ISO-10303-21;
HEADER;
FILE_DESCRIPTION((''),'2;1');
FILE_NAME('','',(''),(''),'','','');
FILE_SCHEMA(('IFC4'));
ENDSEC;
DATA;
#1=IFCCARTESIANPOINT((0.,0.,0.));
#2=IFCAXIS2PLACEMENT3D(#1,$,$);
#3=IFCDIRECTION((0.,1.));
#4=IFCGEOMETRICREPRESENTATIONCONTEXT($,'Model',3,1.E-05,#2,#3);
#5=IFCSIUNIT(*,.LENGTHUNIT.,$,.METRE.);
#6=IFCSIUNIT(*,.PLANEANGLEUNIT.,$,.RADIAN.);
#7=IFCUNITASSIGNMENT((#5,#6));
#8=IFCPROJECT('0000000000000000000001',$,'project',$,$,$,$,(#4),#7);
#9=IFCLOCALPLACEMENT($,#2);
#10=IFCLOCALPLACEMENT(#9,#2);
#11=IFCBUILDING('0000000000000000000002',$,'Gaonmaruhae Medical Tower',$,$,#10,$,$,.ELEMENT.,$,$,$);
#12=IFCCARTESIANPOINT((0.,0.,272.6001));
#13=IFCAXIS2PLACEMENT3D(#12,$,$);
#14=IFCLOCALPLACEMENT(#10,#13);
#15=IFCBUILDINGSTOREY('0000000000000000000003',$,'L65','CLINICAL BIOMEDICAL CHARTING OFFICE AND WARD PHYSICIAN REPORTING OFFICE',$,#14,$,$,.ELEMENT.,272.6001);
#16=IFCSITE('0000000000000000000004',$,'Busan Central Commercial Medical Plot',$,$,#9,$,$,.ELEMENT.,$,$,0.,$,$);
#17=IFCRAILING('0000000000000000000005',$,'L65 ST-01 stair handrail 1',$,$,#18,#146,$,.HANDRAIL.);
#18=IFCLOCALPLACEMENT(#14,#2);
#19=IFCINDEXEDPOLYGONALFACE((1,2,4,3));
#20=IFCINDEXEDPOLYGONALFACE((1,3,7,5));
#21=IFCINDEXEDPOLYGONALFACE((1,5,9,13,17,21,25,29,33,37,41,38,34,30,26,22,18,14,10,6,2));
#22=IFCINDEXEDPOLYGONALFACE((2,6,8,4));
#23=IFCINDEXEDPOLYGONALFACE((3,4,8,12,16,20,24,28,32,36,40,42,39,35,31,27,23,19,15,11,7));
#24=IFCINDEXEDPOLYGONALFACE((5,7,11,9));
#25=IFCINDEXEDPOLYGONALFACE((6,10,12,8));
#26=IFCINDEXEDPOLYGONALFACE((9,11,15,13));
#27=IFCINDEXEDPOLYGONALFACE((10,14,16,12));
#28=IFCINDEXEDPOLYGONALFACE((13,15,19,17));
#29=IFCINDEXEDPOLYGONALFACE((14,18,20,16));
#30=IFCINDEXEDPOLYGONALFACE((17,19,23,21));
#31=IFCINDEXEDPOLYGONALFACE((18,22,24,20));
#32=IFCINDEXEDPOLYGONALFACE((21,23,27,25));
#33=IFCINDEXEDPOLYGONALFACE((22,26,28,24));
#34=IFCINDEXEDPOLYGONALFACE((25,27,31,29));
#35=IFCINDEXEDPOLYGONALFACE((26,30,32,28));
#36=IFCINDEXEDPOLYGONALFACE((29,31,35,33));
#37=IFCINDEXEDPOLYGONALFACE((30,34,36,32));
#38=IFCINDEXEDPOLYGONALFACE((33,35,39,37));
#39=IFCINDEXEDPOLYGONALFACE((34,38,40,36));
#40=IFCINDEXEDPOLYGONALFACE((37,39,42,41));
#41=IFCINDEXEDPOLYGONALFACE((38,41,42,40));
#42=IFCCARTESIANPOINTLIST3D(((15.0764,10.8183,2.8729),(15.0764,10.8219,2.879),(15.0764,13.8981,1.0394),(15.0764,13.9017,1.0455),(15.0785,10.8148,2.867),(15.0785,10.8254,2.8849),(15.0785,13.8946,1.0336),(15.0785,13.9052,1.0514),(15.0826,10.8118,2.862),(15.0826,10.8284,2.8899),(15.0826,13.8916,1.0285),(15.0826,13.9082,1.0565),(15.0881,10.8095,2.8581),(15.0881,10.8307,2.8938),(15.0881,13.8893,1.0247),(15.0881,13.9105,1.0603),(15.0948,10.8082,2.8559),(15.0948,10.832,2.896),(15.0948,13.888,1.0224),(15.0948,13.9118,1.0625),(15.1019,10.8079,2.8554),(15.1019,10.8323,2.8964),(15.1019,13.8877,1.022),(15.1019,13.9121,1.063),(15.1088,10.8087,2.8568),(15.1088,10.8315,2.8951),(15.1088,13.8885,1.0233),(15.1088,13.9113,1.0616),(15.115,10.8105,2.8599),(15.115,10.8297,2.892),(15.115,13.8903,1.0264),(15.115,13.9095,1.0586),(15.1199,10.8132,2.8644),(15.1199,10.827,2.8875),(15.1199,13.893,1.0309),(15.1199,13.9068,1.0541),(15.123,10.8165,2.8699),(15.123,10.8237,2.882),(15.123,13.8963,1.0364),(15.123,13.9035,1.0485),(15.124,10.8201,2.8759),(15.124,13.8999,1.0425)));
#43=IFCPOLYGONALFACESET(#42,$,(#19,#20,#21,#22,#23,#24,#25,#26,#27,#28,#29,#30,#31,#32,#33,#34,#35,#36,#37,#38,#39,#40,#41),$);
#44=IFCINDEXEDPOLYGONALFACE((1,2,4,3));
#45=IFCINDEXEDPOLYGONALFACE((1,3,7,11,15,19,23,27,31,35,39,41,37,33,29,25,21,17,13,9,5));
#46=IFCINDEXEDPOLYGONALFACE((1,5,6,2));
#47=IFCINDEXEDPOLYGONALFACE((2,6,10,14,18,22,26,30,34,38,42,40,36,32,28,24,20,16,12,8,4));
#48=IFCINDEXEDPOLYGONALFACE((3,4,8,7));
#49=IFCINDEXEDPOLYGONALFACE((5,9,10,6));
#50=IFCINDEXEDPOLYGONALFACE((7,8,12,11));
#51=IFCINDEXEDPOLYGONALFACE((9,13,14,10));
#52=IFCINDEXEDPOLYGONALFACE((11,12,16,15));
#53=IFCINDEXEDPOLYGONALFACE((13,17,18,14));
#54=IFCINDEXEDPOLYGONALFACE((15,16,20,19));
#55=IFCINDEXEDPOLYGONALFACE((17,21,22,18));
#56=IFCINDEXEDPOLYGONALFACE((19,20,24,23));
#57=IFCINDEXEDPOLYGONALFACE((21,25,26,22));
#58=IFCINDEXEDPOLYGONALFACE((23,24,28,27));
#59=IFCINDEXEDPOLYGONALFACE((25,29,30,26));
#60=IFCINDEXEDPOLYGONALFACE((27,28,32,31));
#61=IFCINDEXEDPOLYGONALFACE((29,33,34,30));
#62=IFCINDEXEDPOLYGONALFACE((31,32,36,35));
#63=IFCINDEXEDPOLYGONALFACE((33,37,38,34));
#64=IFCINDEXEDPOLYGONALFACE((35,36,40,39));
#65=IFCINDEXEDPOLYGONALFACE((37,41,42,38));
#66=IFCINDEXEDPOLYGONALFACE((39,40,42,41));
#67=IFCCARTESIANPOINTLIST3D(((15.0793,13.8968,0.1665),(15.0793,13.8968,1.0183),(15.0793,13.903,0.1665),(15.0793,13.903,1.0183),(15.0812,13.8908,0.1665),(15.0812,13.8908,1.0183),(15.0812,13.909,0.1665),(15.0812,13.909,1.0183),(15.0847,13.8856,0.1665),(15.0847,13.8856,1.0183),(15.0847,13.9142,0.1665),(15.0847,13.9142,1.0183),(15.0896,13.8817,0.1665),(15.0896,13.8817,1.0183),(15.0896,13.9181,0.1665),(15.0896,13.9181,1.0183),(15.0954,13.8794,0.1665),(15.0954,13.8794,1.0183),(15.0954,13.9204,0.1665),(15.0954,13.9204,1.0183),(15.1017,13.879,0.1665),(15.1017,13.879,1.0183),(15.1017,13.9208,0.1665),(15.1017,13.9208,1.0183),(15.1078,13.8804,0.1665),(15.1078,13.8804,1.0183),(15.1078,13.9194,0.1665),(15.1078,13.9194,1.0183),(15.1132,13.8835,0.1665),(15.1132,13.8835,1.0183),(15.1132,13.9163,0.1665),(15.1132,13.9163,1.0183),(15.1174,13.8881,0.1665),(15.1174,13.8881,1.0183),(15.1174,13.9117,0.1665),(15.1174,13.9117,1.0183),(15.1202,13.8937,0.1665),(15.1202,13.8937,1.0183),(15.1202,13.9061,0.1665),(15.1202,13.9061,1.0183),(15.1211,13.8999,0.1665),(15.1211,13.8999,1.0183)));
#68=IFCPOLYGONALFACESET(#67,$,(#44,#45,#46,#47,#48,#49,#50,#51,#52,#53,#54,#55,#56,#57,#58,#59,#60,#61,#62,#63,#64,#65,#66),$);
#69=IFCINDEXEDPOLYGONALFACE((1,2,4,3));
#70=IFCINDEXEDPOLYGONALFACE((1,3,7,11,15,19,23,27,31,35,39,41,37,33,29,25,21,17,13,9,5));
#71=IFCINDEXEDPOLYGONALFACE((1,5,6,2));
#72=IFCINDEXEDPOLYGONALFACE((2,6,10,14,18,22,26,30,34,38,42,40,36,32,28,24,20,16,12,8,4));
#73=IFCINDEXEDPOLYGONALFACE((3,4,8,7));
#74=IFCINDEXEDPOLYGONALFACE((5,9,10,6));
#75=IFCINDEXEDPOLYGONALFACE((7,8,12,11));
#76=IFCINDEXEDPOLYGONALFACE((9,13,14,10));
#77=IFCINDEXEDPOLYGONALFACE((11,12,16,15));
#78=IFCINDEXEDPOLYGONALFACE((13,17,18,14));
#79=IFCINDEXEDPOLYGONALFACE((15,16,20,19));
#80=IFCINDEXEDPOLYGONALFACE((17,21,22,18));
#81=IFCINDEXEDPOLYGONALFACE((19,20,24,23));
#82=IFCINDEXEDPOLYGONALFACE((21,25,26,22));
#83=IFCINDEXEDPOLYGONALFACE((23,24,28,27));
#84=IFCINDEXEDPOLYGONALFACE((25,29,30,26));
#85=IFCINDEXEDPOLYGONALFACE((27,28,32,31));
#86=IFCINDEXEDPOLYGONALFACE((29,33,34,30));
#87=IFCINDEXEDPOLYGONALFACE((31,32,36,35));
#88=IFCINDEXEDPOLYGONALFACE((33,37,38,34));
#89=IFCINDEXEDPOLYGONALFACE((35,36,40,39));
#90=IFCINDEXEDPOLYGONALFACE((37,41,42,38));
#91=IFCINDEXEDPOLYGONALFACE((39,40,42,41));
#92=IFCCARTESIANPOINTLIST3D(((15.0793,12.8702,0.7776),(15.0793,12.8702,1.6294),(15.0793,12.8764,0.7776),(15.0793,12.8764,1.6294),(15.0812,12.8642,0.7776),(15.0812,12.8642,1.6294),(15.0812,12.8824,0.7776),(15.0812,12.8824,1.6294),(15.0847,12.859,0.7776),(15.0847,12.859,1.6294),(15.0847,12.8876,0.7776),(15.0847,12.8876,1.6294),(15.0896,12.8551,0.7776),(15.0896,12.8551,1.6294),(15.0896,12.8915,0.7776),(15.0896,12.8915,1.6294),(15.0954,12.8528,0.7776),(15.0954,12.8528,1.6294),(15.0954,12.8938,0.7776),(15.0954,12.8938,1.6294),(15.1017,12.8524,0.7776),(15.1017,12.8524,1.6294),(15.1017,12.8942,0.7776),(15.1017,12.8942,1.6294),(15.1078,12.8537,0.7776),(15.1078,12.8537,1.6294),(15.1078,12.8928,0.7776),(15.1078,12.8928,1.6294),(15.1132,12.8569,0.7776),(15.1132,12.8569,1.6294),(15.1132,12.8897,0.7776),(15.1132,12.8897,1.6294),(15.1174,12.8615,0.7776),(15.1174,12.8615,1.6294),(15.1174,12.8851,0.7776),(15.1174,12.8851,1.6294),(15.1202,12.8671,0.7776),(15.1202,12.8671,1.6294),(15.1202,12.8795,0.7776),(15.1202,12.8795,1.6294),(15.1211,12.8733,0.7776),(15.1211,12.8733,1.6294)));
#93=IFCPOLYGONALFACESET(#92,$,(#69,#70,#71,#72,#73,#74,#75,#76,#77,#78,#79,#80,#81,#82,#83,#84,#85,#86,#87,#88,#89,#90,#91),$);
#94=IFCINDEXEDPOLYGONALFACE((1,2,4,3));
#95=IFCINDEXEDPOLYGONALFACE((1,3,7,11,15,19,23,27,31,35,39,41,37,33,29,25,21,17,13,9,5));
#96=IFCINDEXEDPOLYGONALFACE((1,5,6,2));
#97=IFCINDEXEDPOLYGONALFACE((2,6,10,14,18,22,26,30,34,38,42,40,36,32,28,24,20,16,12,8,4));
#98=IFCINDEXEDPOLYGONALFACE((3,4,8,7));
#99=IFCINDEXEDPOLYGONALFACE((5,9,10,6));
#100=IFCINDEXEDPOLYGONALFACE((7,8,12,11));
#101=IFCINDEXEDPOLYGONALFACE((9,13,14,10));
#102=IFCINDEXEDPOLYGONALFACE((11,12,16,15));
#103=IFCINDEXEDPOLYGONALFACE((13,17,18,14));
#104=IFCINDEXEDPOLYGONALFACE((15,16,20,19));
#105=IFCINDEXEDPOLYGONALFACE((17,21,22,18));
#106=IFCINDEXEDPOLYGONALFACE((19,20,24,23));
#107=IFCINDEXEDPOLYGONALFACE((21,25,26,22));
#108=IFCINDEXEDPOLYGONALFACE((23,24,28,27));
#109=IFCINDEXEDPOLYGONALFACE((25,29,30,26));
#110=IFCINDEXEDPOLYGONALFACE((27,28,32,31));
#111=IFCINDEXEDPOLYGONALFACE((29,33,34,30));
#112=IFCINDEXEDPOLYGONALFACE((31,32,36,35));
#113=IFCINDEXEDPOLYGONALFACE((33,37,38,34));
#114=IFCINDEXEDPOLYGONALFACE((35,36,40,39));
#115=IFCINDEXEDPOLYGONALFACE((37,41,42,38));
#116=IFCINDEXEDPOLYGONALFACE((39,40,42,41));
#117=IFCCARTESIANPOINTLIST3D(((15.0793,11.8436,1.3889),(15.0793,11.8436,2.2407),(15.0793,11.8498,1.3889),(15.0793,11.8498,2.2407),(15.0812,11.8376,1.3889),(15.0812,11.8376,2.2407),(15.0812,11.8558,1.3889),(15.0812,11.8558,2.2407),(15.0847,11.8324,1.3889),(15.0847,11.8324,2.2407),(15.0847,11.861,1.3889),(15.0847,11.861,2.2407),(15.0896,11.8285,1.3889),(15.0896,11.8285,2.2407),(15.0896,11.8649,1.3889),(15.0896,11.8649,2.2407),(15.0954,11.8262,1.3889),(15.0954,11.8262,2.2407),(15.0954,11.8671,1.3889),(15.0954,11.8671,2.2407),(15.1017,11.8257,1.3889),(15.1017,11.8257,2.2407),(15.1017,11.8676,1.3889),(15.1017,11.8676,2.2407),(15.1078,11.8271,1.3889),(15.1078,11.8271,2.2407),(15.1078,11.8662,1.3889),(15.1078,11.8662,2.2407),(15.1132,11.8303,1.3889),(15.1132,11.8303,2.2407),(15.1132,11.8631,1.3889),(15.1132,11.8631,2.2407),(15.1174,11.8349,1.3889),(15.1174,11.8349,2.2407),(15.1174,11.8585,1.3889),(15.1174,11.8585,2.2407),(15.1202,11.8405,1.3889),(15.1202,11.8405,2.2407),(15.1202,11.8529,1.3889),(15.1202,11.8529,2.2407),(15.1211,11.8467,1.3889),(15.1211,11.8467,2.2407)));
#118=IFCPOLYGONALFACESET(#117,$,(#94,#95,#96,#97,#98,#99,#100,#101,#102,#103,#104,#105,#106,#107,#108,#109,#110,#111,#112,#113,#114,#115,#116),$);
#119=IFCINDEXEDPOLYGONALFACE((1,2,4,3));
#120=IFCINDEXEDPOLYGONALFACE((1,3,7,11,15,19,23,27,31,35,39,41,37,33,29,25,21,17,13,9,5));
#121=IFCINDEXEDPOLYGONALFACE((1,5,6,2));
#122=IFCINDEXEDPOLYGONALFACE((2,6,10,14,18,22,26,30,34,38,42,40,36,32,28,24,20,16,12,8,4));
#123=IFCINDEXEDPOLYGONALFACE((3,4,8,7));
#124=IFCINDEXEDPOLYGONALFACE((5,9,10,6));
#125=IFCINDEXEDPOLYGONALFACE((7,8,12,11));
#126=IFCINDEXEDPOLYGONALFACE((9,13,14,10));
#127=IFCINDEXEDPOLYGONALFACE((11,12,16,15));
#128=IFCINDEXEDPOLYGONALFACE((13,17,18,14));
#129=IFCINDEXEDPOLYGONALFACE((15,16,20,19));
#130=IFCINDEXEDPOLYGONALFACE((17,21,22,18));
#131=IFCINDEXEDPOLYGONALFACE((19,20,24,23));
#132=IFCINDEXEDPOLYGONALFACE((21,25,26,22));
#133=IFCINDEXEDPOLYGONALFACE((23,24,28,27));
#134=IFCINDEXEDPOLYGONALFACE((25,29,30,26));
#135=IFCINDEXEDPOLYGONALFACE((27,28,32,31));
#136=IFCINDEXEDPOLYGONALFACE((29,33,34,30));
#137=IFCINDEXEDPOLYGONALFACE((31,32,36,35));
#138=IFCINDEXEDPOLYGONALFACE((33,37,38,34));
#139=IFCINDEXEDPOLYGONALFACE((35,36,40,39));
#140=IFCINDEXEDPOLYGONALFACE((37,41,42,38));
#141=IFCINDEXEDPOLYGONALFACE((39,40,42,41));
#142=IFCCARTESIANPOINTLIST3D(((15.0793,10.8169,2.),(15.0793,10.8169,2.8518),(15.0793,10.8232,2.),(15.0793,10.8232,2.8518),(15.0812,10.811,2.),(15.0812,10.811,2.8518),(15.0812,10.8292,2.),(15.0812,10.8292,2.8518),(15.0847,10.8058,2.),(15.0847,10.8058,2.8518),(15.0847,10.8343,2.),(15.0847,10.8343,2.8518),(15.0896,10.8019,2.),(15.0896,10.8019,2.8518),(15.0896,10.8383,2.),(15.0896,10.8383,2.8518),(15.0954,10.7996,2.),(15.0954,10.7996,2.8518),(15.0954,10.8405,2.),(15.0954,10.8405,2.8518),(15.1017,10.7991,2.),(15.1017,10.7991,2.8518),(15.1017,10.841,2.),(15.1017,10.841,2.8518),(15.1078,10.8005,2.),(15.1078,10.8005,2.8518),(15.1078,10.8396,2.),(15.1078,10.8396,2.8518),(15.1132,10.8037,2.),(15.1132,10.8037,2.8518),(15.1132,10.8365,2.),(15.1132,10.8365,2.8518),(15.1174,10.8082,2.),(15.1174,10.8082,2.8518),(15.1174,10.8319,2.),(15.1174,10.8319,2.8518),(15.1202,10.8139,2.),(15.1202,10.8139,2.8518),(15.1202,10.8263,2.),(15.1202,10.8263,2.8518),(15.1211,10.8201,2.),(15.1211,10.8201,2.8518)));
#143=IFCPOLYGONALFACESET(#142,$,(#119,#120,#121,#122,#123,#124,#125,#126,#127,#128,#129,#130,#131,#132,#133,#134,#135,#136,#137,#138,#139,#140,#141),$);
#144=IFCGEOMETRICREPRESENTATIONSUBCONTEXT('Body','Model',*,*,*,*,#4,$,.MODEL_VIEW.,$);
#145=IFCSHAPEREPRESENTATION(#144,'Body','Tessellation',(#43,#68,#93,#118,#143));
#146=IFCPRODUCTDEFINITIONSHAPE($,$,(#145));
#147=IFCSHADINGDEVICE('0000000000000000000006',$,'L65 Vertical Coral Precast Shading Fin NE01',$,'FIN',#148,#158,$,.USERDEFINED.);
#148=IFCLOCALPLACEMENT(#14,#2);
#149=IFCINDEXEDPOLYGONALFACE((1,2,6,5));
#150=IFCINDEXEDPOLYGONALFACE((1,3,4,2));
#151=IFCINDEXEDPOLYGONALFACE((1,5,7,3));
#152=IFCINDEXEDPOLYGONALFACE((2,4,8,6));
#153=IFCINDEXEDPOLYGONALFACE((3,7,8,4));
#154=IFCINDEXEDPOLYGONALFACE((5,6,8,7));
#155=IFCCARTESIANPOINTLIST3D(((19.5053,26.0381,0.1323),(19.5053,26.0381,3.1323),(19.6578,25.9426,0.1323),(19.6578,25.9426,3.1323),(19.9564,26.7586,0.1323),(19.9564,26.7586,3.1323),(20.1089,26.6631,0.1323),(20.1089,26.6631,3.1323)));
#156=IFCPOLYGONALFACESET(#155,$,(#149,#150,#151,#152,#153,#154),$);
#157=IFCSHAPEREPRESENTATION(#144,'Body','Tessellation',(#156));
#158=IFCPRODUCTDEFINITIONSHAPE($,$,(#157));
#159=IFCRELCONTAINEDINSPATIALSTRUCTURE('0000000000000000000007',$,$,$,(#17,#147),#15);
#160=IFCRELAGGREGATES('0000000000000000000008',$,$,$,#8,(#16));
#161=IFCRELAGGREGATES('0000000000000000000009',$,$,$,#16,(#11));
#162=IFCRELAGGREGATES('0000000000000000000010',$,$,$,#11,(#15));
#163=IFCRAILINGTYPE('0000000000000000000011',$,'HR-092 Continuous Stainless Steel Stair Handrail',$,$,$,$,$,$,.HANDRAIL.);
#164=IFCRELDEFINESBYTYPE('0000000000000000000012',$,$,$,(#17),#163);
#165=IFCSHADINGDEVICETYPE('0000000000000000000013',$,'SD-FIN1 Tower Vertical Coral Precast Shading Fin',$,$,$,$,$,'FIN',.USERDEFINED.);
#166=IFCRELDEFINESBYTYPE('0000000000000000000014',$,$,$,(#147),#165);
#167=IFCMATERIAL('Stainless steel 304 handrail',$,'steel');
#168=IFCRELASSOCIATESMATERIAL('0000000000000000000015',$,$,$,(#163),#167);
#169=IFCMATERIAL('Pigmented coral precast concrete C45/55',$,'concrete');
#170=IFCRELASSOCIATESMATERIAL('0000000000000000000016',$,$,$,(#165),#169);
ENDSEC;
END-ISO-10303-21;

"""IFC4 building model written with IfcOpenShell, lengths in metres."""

from ifc_helpers import new_model, si_unit, direction, frame, origin, origin_2d, place, context, subcontext, project, spatial, rectangle, circle, extrude, material, type_object, element, save


model = new_model("IFC4")

# Units and contexts
model_context = context("Model", 3, precision=1e-05, world=origin(), true_north=direction((0.0, 1.0)))
body_context = subcontext(model_context, "Body", "Model", "MODEL_VIEW")
ifc_project = project(units=[si_unit("LENGTHUNIT", "METRE"), si_unit("PLANEANGLEUNIT", "RADIAN")], contexts=[model_context])

# Site, building, storey
site_placement = place(None, origin())
site = spatial("IfcSite", under=ifc_project, at=site_placement, Name="Busan Central Commercial Medical Plot", CompositionType="ELEMENT", RefElevation=0.0)
building_placement = place(site_placement, origin())
building = spatial("IfcBuilding", under=site, at=building_placement, Name="Gaonmaruhae Medical Tower", CompositionType="ELEMENT")
storey_placement = place(building_placement, frame((0.0, 0.0, 272.6001)))
storey = spatial("IfcBuildingStorey", under=building, at=storey_placement, Name="L65", Description="CLINICAL BIOMEDICAL CHARTING OFFICE AND WARD PHYSICIAN REPORTING OFFICE", CompositionType="ELEMENT", Elevation=272.6001)

# Railing
ifc_material_1 = material(Name="Stainless steel 304 handrail", Category="steel")
railing_type_1 = type_object("IfcRailingType", Name="HR-092 Continuous Stainless Steel Stair Handrail", PredefinedType="HANDRAIL", material=ifc_material_1)
railing_1_placement = place(storey_placement, frame((15.1001, 13.8999, 0.1665)))
element("IfcRailing", 1, at=railing_1_placement, inside=storey, type_object=railing_type_1, Name="L65 ST-01 stair handrail 1", PredefinedType="HANDRAIL", context=body_context, shape_type="SweptSolid", body=[
    extrude(circle(Radius=0.0239, at=origin_2d()), frame((0.0, 0.0, 0.876), z_axis=(0.0, -0.859261, 0.511538), x_axis=(1.0, 0.0, 0.0)), (0.0, 0.0, 1.0), 3.5842),
    extrude(circle(Radius=0.021, at=origin_2d()), origin(), (0.0, 0.0, 1.0), 0.8518),
    extrude(circle(Radius=0.021, at=origin_2d()), frame((0.0, -1.0266, 0.6111)), (0.0, 0.0, 1.0), 0.8518),
    extrude(circle(Radius=0.021, at=origin_2d()), frame((0.0, -2.0532, 1.2224)), (0.0, 0.0, 1.0), 0.8518),
    extrude(circle(Radius=0.021, at=origin_2d()), frame((0.0, -3.0798, 1.8335)), (0.0, 0.0, 1.0), 0.8518),
])

# Shading device
ifc_material_2 = material(Name="Pigmented coral precast concrete C45/55", Category="concrete")
shading_device_type = type_object("IfcShadingDeviceType", Name="SD-FIN1 Tower Vertical Coral Precast Shading Fin", ElementType="FIN", PredefinedType="USERDEFINED", material=ifc_material_2)
shading_device_placement = place(storey_placement, frame((19.8071, 26.3506, 0.1323), z_axis=(0.0, 0.0, 1.0), x_axis=(0.847585, -0.530659, 0.0)))
element("IfcShadingDevice", 2, at=shading_device_placement, inside=storey, type_object=shading_device_type, Name="L65 Vertical Coral Precast Shading Fin NE01", ObjectType="FIN", PredefinedType="USERDEFINED", context=body_context, shape_type="SweptSolid", body=[
    extrude(rectangle(XDim=0.1799, YDim=0.8501, at=origin_2d()), origin(), (0.0, 0.0, 1.0), 3.0),
])

save(model, "model.ifc")
